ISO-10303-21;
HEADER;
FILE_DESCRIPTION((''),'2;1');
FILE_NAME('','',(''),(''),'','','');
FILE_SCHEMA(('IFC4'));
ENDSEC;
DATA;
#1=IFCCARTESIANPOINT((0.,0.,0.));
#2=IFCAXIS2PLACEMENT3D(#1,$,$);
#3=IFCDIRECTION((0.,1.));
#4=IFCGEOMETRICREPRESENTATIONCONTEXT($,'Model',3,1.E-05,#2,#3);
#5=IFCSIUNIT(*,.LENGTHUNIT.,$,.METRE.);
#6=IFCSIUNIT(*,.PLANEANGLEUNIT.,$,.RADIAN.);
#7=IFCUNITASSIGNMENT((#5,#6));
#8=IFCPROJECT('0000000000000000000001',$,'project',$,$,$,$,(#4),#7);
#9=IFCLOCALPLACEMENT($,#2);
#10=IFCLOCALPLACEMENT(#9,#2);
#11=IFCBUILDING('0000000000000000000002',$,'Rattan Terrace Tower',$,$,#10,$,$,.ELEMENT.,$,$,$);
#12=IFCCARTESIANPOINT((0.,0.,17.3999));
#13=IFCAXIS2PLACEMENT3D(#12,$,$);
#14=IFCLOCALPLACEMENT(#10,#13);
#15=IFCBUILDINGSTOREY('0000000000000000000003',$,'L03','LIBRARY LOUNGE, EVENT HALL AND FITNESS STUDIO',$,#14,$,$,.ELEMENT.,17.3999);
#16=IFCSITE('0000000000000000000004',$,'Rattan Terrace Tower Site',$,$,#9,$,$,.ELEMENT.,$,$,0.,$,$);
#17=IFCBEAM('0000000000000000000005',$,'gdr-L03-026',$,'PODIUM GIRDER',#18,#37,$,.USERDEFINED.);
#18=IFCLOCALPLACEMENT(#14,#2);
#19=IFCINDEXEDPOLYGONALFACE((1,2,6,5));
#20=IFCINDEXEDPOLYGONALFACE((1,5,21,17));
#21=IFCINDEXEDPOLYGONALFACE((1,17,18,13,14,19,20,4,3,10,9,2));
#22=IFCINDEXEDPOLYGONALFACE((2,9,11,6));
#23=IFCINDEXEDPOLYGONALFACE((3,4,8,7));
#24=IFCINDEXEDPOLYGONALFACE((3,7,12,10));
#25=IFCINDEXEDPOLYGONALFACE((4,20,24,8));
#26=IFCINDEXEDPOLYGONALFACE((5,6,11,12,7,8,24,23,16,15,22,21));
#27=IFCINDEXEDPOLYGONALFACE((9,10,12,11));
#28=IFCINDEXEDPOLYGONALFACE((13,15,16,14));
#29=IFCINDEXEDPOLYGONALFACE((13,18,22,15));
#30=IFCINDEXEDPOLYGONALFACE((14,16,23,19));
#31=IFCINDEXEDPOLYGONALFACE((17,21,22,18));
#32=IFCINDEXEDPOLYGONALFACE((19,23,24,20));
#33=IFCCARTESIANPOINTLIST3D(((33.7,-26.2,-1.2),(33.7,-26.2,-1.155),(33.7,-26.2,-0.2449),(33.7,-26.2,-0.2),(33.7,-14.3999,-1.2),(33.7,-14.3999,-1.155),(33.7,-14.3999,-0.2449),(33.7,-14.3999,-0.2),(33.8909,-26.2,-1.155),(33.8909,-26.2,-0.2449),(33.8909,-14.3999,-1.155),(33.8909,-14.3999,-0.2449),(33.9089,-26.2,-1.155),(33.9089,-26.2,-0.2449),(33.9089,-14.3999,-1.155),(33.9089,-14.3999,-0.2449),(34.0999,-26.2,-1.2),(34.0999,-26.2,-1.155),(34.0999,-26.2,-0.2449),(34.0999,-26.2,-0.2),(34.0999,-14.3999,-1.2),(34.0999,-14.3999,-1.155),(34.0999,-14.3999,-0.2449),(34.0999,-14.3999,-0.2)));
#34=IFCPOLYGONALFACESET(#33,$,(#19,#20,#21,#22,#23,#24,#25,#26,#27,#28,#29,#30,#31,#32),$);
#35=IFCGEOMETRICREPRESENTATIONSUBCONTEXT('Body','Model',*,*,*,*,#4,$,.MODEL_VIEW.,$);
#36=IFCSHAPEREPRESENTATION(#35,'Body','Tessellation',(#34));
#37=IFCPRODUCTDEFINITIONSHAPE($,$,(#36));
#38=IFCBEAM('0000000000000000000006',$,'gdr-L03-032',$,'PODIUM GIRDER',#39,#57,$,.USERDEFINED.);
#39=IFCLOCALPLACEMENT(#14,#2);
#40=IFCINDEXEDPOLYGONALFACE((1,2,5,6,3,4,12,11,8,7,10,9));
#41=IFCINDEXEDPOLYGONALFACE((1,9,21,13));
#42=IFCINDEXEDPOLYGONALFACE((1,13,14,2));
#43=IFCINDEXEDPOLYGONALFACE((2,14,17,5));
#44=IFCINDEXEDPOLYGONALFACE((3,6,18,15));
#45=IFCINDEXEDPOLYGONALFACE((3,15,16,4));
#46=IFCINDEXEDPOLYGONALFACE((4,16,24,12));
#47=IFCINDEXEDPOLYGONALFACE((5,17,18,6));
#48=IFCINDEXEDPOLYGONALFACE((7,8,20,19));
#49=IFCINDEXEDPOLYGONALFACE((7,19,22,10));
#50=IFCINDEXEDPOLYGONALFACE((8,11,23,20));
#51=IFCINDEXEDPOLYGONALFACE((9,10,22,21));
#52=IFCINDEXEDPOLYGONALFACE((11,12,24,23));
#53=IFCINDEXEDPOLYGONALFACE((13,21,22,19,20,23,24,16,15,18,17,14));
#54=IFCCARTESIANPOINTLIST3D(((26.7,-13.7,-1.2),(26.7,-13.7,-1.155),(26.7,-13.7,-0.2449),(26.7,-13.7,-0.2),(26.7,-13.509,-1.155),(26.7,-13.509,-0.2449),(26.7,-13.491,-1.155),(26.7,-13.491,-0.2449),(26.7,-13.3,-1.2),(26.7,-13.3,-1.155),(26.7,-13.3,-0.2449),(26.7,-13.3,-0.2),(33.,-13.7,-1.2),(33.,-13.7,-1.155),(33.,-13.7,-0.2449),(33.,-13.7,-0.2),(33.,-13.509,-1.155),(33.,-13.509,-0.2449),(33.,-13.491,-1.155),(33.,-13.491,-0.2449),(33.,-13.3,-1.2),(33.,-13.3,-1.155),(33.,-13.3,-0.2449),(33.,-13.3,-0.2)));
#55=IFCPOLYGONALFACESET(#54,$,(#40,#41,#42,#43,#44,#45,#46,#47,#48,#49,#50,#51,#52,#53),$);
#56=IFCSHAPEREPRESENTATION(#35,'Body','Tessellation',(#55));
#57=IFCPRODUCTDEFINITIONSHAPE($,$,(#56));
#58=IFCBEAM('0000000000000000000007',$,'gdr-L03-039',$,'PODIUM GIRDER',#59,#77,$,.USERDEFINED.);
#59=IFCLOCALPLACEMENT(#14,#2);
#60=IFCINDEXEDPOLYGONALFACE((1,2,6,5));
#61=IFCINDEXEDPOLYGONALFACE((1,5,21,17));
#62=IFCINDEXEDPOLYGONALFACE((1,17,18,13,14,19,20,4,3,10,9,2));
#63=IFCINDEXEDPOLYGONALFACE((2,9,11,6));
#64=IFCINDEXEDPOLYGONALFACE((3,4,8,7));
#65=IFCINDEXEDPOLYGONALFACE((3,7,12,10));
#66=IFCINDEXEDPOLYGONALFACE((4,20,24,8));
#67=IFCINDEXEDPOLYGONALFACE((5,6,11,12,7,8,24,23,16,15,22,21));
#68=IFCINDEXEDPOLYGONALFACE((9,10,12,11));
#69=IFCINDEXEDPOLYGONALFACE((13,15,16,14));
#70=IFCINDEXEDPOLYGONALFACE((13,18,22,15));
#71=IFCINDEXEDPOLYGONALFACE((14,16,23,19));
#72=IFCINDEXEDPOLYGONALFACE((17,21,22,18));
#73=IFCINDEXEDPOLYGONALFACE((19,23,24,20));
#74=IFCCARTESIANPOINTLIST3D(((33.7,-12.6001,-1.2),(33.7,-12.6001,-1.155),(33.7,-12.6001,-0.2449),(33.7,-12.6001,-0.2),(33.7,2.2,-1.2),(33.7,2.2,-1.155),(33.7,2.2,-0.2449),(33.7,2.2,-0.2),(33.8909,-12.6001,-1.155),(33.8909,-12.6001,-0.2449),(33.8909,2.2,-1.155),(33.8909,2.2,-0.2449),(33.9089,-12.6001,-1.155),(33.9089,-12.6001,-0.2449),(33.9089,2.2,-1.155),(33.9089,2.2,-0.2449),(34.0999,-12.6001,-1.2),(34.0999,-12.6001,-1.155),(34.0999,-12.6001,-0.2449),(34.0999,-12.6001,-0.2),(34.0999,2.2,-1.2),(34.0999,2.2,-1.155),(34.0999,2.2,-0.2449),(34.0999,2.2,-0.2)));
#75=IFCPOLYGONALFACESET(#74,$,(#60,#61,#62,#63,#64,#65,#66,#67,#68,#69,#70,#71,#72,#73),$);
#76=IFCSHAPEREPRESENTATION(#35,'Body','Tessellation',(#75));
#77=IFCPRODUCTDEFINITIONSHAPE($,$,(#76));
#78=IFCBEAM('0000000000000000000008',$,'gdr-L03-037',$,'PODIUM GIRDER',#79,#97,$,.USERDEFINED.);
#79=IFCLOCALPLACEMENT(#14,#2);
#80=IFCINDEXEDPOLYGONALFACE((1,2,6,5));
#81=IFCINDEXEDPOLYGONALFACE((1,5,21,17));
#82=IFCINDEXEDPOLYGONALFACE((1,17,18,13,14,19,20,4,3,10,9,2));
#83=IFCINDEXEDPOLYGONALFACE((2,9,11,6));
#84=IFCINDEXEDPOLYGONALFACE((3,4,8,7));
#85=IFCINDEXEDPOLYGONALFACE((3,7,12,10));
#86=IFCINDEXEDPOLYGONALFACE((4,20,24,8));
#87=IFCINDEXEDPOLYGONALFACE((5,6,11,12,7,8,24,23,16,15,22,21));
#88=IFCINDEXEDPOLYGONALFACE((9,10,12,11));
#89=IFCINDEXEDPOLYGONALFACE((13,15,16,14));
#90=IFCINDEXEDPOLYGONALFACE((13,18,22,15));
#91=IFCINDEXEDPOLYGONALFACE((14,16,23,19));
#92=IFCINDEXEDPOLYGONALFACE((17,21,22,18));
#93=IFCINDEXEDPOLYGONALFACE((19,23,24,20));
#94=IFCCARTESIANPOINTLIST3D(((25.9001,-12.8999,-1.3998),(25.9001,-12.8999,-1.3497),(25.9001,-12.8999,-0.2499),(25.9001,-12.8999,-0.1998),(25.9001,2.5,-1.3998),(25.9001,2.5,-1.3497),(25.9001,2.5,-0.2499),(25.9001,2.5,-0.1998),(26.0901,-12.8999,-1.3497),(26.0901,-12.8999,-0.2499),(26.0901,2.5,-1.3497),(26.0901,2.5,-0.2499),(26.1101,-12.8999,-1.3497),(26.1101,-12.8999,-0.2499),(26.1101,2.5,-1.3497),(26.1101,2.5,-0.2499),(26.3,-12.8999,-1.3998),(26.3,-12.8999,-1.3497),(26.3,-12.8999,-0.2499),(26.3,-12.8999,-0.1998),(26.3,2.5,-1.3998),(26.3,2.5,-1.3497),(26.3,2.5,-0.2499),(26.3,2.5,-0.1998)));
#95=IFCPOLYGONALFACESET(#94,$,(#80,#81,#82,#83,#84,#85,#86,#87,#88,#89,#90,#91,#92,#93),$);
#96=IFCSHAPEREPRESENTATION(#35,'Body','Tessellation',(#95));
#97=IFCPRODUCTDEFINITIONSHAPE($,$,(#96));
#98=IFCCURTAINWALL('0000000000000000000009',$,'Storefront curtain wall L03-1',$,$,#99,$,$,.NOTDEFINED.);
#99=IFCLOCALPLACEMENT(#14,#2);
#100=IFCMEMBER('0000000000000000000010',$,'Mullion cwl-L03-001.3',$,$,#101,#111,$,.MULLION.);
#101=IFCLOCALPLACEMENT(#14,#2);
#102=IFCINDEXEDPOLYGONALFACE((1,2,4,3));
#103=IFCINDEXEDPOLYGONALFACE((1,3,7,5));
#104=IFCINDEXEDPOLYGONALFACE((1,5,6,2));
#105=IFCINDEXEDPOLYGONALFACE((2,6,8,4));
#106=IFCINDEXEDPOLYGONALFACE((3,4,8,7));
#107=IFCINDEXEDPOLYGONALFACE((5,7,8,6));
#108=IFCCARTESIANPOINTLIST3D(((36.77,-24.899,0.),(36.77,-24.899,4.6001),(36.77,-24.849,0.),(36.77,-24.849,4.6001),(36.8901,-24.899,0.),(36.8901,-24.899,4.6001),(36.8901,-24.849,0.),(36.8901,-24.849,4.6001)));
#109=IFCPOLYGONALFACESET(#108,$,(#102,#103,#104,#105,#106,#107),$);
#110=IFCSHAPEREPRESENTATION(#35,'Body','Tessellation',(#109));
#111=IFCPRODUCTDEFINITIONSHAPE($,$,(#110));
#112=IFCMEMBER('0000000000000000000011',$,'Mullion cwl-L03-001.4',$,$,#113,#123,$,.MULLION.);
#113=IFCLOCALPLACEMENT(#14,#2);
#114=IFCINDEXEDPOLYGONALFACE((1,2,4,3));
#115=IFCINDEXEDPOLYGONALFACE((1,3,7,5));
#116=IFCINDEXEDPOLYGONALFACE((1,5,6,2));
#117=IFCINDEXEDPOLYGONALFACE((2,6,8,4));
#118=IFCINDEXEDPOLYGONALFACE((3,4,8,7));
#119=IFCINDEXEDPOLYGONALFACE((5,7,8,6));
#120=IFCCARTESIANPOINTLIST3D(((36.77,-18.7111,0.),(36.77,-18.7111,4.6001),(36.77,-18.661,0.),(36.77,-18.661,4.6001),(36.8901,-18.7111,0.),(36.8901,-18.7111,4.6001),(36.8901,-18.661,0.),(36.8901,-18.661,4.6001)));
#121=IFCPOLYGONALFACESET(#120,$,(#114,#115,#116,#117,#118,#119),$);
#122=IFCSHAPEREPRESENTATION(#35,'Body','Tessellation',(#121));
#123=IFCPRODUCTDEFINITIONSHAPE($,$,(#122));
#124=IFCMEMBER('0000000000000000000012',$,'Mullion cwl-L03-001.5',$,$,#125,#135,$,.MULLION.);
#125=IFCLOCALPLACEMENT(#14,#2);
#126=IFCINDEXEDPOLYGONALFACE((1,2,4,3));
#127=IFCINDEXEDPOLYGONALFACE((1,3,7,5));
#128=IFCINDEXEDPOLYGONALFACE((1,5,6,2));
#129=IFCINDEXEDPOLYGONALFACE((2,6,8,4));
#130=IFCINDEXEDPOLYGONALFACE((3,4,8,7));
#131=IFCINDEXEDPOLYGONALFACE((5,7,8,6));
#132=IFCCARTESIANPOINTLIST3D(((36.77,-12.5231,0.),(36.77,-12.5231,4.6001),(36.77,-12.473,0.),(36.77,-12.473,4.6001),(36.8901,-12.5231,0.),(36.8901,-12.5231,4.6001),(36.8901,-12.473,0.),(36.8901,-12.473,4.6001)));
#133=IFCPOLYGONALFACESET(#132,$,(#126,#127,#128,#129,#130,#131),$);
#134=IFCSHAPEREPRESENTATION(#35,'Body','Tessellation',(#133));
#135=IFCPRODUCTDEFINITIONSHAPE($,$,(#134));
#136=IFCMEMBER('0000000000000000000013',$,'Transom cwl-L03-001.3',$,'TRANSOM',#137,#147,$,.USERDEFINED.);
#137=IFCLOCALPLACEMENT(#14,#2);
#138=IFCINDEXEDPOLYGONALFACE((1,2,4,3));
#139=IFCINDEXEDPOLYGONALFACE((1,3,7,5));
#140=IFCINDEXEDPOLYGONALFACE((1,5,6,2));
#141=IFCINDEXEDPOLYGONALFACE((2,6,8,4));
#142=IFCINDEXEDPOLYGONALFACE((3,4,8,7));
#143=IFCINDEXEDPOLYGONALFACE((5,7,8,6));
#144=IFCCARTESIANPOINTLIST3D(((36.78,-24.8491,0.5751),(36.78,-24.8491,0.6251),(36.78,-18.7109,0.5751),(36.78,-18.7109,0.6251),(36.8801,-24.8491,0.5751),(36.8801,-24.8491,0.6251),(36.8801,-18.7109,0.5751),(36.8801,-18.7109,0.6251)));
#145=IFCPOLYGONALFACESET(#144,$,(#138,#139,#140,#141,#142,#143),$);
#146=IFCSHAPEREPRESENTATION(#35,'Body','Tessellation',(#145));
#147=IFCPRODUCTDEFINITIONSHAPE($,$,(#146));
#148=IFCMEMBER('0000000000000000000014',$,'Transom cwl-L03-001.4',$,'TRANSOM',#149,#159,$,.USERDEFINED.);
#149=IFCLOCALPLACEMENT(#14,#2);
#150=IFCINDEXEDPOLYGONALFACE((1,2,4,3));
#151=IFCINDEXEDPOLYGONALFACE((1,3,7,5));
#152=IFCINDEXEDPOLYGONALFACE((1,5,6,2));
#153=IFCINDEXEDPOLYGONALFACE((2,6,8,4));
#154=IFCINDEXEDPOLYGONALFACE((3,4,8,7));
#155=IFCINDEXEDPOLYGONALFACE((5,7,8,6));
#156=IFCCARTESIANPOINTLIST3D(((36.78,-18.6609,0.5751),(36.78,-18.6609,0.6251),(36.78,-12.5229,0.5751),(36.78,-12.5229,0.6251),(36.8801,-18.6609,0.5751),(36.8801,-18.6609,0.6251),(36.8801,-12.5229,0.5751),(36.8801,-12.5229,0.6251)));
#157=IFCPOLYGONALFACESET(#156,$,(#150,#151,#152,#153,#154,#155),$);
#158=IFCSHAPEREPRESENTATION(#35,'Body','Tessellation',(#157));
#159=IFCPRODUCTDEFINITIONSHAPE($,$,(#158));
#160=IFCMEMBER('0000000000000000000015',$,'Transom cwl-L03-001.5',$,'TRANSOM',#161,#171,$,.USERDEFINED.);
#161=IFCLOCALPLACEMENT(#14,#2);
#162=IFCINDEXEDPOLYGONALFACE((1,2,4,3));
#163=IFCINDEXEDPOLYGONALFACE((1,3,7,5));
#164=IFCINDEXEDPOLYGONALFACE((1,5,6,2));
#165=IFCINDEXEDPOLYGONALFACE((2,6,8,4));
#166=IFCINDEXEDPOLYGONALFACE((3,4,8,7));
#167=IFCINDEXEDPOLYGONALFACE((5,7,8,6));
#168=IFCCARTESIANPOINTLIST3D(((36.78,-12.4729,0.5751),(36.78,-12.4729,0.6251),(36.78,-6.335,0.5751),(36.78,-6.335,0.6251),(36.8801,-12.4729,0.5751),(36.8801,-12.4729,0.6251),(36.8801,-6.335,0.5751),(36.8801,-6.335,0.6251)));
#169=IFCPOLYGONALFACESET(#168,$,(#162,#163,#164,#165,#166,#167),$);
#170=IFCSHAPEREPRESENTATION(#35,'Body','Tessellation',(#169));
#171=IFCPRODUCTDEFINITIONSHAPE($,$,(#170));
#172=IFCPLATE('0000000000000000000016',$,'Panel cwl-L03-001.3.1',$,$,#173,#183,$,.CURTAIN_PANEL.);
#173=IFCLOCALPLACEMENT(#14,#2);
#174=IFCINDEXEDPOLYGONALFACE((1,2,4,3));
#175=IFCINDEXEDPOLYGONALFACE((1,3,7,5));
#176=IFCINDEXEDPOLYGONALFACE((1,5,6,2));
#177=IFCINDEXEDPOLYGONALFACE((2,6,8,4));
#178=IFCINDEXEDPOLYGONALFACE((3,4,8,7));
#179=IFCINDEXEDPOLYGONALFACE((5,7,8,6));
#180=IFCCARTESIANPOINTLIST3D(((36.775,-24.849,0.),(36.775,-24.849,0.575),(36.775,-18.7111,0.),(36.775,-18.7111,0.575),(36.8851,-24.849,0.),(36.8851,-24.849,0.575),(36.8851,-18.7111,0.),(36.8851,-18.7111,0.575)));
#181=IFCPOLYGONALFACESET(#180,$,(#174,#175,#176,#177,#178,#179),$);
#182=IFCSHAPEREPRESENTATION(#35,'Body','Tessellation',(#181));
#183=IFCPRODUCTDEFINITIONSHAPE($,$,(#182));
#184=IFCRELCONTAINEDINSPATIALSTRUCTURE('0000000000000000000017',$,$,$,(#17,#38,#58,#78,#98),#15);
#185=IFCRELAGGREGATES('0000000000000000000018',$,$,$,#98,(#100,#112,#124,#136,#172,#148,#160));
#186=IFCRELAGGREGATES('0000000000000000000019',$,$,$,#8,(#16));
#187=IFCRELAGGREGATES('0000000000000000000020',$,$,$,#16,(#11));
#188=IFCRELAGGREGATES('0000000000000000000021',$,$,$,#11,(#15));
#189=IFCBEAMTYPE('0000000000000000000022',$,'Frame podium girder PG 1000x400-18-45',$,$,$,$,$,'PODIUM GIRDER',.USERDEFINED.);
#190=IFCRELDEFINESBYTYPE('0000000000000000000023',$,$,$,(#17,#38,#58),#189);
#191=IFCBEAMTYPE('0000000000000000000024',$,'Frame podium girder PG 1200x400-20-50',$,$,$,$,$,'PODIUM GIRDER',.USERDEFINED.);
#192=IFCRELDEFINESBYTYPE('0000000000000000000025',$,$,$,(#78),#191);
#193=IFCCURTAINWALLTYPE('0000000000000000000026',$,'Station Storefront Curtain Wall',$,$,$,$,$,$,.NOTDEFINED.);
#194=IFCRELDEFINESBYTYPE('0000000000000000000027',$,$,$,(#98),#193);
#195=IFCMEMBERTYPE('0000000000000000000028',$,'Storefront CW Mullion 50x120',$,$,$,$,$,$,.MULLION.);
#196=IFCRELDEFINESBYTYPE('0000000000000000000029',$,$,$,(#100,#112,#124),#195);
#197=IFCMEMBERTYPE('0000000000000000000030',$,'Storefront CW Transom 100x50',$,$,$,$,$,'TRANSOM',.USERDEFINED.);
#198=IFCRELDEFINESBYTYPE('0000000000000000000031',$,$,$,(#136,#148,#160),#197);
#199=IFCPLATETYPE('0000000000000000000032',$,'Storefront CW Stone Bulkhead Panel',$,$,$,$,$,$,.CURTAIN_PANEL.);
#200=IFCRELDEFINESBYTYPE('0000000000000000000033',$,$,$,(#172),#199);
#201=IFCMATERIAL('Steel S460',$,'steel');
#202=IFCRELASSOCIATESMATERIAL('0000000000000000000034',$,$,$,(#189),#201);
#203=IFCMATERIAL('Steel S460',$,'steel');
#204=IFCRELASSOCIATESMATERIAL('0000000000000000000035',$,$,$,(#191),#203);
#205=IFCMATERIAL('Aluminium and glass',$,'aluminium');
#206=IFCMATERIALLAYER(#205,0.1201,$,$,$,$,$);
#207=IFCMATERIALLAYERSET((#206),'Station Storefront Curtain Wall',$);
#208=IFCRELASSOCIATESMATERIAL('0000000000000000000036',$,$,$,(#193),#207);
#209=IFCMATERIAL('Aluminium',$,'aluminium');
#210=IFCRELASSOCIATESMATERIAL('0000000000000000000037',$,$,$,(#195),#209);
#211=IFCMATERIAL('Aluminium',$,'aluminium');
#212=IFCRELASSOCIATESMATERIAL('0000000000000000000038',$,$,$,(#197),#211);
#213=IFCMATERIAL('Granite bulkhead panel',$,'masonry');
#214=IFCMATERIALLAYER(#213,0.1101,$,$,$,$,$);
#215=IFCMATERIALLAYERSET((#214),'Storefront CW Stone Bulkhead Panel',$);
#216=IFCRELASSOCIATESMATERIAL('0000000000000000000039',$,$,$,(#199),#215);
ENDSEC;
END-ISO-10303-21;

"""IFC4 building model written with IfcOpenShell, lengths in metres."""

from ifc_helpers import new_model, si_unit, direction, frame, origin, origin_2d, place, context, subcontext, project, spatial, rectangle, i_section, extrude, material, layer, layer_set, material_profile, profile_set, type_object, element, aggregate, save


model = new_model("IFC4")

# Units and contexts
model_context = context("Model", 3, precision=1e-05, world=origin(), true_north=direction((0.0, 1.0)))
body_context = subcontext(model_context, "Body", "Model", "MODEL_VIEW")
ifc_project = project(units=[si_unit("LENGTHUNIT", "METRE"), si_unit("PLANEANGLEUNIT", "RADIAN")], contexts=[model_context])

# Site, building, storey
site_placement = place(None, origin())
site = spatial("IfcSite", under=ifc_project, at=site_placement, Name="Rattan Terrace Tower Site", CompositionType="ELEMENT", RefElevation=0.0)
building_placement = place(site_placement, origin())
building = spatial("IfcBuilding", under=site, at=building_placement, Name="Rattan Terrace Tower", CompositionType="ELEMENT")
storey_placement = place(building_placement, frame((0.0, 0.0, 17.3999)))
storey = spatial("IfcBuildingStorey", under=building, at=storey_placement, Name="L03", Description="LIBRARY LOUNGE, EVENT HALL AND FITNESS STUDIO", CompositionType="ELEMENT", Elevation=17.3999)

# Beams
ifc_material_1 = material(Name="Steel S460", Category="steel")
ifc_material_profile_1 = material_profile(ifc_material_1, i_section(OverallWidth=0.3999, OverallDepth=1.0, WebThickness=0.0181, FlangeThickness=0.0449, at=origin_2d()), Name="PG 1000x400-18-45")
ifc_profile_set_1 = profile_set([ifc_material_profile_1], Name="Steel S460")
beam_type_1 = type_object("IfcBeamType", Name="Frame podium girder PG 1000x400-18-45", ElementType="PODIUM GIRDER", PredefinedType="USERDEFINED", material=ifc_profile_set_1)
beam_1_placement = place(storey_placement, frame((33.8999, -26.2, -0.7), z_axis=(0.0, 1.0, 0.0), x_axis=(-1.0, 0.0, 0.0)))
element("IfcBeam", 1, at=beam_1_placement, inside=storey, type_object=beam_type_1, Name="gdr-L03-026", ObjectType="PODIUM GIRDER", PredefinedType="USERDEFINED", context=body_context, shape_type="SweptSolid", body=[
    extrude(i_section(OverallWidth=0.3999, OverallDepth=1.0, WebThickness=0.0181, FlangeThickness=0.0449, at=origin_2d()), origin(), (0.0, 0.0, 1.0), 11.8),
])
beam_2_placement = place(storey_placement, frame((26.7, -13.5, -0.7), z_axis=(1.0, 0.0, 0.0), x_axis=(0.0, 1.0, 0.0)))
element("IfcBeam", 2, at=beam_2_placement, inside=storey, type_object=beam_type_1, Name="gdr-L03-032", ObjectType="PODIUM GIRDER", PredefinedType="USERDEFINED", context=body_context, shape_type="SweptSolid", body=[
    extrude(i_section(OverallWidth=0.3999, OverallDepth=1.0, WebThickness=0.0181, FlangeThickness=0.0449, at=origin_2d()), origin(), (0.0, 0.0, 1.0), 6.3),
])
beam_3_placement = place(storey_placement, frame((33.8999, -12.6001, -0.7), z_axis=(0.0, 1.0, 0.0), x_axis=(-1.0, 0.0, 0.0)))
element("IfcBeam", 3, at=beam_3_placement, inside=storey, type_object=beam_type_1, Name="gdr-L03-039", ObjectType="PODIUM GIRDER", PredefinedType="USERDEFINED", context=body_context, shape_type="SweptSolid", body=[
    extrude(i_section(OverallWidth=0.3999, OverallDepth=1.0, WebThickness=0.0181, FlangeThickness=0.0449, at=origin_2d()), origin(), (0.0, 0.0, 1.0), 14.8),
])
ifc_material_2 = material(Name="Steel S460", Category="steel")
ifc_material_profile_2 = material_profile(ifc_material_2, i_section(OverallWidth=0.3999, OverallDepth=1.2, WebThickness=0.02, FlangeThickness=0.05, at=origin_2d()), Name="PG 1200x400-20-50")
ifc_profile_set_2 = profile_set([ifc_material_profile_2], Name="Steel S460")
beam_type_2 = type_object("IfcBeamType", Name="Frame podium girder PG 1200x400-20-50", ElementType="PODIUM GIRDER", PredefinedType="USERDEFINED", material=ifc_profile_set_2)
beam_4_placement = place(storey_placement, frame((26.1001, -12.8999, -0.7998), z_axis=(0.0, 1.0, 0.0), x_axis=(-1.0, 0.0, 0.0)))
element("IfcBeam", 4, at=beam_4_placement, inside=storey, type_object=beam_type_2, Name="gdr-L03-037", ObjectType="PODIUM GIRDER", PredefinedType="USERDEFINED", context=body_context, shape_type="SweptSolid", body=[
    extrude(i_section(OverallWidth=0.3999, OverallDepth=1.2, WebThickness=0.02, FlangeThickness=0.05, at=origin_2d()), origin(), (0.0, 0.0, 1.0), 15.3999),
])

# Curtain wall, members, plate
ifc_material_3 = material(Name="Aluminium and glass", Category="aluminium")
ifc_layer_1 = layer(ifc_material_3, 0.1201)
ifc_layer_set_1 = layer_set([ifc_layer_1], Name="Station Storefront Curtain Wall")
curtain_wall_type = type_object("IfcCurtainWallType", Name="Station Storefront Curtain Wall", PredefinedType="NOTDEFINED", material=ifc_layer_set_1)
curtain_wall_placement = place(storey_placement, origin())
curtain_wall = element("IfcCurtainWall", 5, at=curtain_wall_placement, inside=storey, type_object=curtain_wall_type, Name="Storefront curtain wall L03-1", PredefinedType="NOTDEFINED")
ifc_material_4 = material(Name="Aluminium", Category="aluminium")
ifc_material_profile_3 = material_profile(ifc_material_4, rectangle(XDim=0.05, YDim=0.1201, at=origin_2d()), Name="Aluminium 50x120")
ifc_profile_set_3 = profile_set([ifc_material_profile_3], Name="Aluminium")
member_type_1 = type_object("IfcMemberType", Name="Storefront CW Mullion 50x120", PredefinedType="MULLION", material=ifc_profile_set_3)
member_1_placement = place(storey_placement, frame((36.8301, -24.874, 0.0), z_axis=(0.0, 0.0, 1.0), x_axis=(0.0, 1.0, 0.0)))
member_1 = element("IfcMember", 6, at=member_1_placement, type_object=member_type_1, Name="Mullion cwl-L03-001.3", PredefinedType="MULLION", context=body_context, shape_type="SweptSolid", body=[
    extrude(rectangle(XDim=0.05, YDim=0.1201, at=origin_2d()), origin(), (0.0, 0.0, 1.0), 4.6001),
])
member_2_placement = place(storey_placement, frame((36.8301, -18.686, 0.0), z_axis=(0.0, 0.0, 1.0), x_axis=(0.0, 1.0, 0.0)))
member_2 = element("IfcMember", 7, at=member_2_placement, type_object=member_type_1, Name="Mullion cwl-L03-001.4", PredefinedType="MULLION", context=body_context, shape_type="SweptSolid", body=[
    extrude(rectangle(XDim=0.05, YDim=0.1201, at=origin_2d()), origin(), (0.0, 0.0, 1.0), 4.6001),
])
member_3_placement = place(storey_placement, frame((36.8301, -12.498, 0.0), z_axis=(0.0, 0.0, 1.0), x_axis=(0.0, 1.0, 0.0)))
member_3 = element("IfcMember", 8, at=member_3_placement, type_object=member_type_1, Name="Mullion cwl-L03-001.5", PredefinedType="MULLION", context=body_context, shape_type="SweptSolid", body=[
    extrude(rectangle(XDim=0.05, YDim=0.1201, at=origin_2d()), origin(), (0.0, 0.0, 1.0), 4.6001),
])
ifc_material_5 = material(Name="Aluminium", Category="aluminium")
ifc_material_profile_4 = material_profile(ifc_material_5, rectangle(XDim=0.1001, YDim=0.05, at=origin_2d()), Name="Aluminium 100x50")
ifc_profile_set_4 = profile_set([ifc_material_profile_4], Name="Aluminium")
member_type_2 = type_object("IfcMemberType", Name="Storefront CW Transom 100x50", ElementType="TRANSOM", PredefinedType="USERDEFINED", material=ifc_profile_set_4)
member_4_placement = place(storey_placement, frame((36.8301, -24.8491, 0.6001), z_axis=(0.0, 1.0, 0.0), x_axis=(-1.0, 0.0, 0.0)))
member_4 = element("IfcMember", 9, at=member_4_placement, type_object=member_type_2, Name="Transom cwl-L03-001.3", ObjectType="TRANSOM", PredefinedType="USERDEFINED", context=body_context, shape_type="SweptSolid", body=[
    extrude(rectangle(XDim=0.1001, YDim=0.05, at=origin_2d()), origin(), (0.0, 0.0, 1.0), 6.1382),
])
member_5_placement = place(storey_placement, frame((36.8301, -18.6609, 0.6001), z_axis=(0.0, 1.0, 0.0), x_axis=(-1.0, 0.0, 0.0)))
member_5 = element("IfcMember", 10, at=member_5_placement, type_object=member_type_2, Name="Transom cwl-L03-001.4", ObjectType="TRANSOM", PredefinedType="USERDEFINED", context=body_context, shape_type="SweptSolid", body=[
    extrude(rectangle(XDim=0.1001, YDim=0.05, at=origin_2d()), origin(), (0.0, 0.0, 1.0), 6.1379),
])
member_6_placement = place(storey_placement, frame((36.8301, -12.4729, 0.6001), z_axis=(0.0, 1.0, 0.0), x_axis=(-1.0, 0.0, 0.0)))
member_6 = element("IfcMember", 11, at=member_6_placement, type_object=member_type_2, Name="Transom cwl-L03-001.5", ObjectType="TRANSOM", PredefinedType="USERDEFINED", context=body_context, shape_type="SweptSolid", body=[
    extrude(rectangle(XDim=0.1001, YDim=0.05, at=origin_2d()), origin(), (0.0, 0.0, 1.0), 6.1379),
])
ifc_material_6 = material(Name="Granite bulkhead panel", Category="masonry")
ifc_layer_2 = layer(ifc_material_6, 0.1101)
ifc_layer_set_2 = layer_set([ifc_layer_2], Name="Storefront CW Stone Bulkhead Panel")
plate_type_1 = type_object("IfcPlateType", Name="Storefront CW Stone Bulkhead Panel", PredefinedType="CURTAIN_PANEL", material=ifc_layer_set_2)
plate_1_placement = place(storey_placement, frame((36.8301, -21.78, 0.0), z_axis=(0.0, 0.0, 1.0), x_axis=(0.0, 1.0, 0.0)))
plate_1 = element("IfcPlate", 12, at=plate_1_placement, type_object=plate_type_1, Name="Panel cwl-L03-001.3.1", PredefinedType="CURTAIN_PANEL", context=body_context, shape_type="SweptSolid", body=[
    extrude(rectangle(XDim=6.1379, YDim=0.1101, at=origin_2d()), origin(), (0.0, 0.0, 1.0), 0.575),
])
aggregate(curtain_wall, [member_1, member_2, member_3, member_4, plate_1, member_5, member_6])

save(model, "model.ifc")
